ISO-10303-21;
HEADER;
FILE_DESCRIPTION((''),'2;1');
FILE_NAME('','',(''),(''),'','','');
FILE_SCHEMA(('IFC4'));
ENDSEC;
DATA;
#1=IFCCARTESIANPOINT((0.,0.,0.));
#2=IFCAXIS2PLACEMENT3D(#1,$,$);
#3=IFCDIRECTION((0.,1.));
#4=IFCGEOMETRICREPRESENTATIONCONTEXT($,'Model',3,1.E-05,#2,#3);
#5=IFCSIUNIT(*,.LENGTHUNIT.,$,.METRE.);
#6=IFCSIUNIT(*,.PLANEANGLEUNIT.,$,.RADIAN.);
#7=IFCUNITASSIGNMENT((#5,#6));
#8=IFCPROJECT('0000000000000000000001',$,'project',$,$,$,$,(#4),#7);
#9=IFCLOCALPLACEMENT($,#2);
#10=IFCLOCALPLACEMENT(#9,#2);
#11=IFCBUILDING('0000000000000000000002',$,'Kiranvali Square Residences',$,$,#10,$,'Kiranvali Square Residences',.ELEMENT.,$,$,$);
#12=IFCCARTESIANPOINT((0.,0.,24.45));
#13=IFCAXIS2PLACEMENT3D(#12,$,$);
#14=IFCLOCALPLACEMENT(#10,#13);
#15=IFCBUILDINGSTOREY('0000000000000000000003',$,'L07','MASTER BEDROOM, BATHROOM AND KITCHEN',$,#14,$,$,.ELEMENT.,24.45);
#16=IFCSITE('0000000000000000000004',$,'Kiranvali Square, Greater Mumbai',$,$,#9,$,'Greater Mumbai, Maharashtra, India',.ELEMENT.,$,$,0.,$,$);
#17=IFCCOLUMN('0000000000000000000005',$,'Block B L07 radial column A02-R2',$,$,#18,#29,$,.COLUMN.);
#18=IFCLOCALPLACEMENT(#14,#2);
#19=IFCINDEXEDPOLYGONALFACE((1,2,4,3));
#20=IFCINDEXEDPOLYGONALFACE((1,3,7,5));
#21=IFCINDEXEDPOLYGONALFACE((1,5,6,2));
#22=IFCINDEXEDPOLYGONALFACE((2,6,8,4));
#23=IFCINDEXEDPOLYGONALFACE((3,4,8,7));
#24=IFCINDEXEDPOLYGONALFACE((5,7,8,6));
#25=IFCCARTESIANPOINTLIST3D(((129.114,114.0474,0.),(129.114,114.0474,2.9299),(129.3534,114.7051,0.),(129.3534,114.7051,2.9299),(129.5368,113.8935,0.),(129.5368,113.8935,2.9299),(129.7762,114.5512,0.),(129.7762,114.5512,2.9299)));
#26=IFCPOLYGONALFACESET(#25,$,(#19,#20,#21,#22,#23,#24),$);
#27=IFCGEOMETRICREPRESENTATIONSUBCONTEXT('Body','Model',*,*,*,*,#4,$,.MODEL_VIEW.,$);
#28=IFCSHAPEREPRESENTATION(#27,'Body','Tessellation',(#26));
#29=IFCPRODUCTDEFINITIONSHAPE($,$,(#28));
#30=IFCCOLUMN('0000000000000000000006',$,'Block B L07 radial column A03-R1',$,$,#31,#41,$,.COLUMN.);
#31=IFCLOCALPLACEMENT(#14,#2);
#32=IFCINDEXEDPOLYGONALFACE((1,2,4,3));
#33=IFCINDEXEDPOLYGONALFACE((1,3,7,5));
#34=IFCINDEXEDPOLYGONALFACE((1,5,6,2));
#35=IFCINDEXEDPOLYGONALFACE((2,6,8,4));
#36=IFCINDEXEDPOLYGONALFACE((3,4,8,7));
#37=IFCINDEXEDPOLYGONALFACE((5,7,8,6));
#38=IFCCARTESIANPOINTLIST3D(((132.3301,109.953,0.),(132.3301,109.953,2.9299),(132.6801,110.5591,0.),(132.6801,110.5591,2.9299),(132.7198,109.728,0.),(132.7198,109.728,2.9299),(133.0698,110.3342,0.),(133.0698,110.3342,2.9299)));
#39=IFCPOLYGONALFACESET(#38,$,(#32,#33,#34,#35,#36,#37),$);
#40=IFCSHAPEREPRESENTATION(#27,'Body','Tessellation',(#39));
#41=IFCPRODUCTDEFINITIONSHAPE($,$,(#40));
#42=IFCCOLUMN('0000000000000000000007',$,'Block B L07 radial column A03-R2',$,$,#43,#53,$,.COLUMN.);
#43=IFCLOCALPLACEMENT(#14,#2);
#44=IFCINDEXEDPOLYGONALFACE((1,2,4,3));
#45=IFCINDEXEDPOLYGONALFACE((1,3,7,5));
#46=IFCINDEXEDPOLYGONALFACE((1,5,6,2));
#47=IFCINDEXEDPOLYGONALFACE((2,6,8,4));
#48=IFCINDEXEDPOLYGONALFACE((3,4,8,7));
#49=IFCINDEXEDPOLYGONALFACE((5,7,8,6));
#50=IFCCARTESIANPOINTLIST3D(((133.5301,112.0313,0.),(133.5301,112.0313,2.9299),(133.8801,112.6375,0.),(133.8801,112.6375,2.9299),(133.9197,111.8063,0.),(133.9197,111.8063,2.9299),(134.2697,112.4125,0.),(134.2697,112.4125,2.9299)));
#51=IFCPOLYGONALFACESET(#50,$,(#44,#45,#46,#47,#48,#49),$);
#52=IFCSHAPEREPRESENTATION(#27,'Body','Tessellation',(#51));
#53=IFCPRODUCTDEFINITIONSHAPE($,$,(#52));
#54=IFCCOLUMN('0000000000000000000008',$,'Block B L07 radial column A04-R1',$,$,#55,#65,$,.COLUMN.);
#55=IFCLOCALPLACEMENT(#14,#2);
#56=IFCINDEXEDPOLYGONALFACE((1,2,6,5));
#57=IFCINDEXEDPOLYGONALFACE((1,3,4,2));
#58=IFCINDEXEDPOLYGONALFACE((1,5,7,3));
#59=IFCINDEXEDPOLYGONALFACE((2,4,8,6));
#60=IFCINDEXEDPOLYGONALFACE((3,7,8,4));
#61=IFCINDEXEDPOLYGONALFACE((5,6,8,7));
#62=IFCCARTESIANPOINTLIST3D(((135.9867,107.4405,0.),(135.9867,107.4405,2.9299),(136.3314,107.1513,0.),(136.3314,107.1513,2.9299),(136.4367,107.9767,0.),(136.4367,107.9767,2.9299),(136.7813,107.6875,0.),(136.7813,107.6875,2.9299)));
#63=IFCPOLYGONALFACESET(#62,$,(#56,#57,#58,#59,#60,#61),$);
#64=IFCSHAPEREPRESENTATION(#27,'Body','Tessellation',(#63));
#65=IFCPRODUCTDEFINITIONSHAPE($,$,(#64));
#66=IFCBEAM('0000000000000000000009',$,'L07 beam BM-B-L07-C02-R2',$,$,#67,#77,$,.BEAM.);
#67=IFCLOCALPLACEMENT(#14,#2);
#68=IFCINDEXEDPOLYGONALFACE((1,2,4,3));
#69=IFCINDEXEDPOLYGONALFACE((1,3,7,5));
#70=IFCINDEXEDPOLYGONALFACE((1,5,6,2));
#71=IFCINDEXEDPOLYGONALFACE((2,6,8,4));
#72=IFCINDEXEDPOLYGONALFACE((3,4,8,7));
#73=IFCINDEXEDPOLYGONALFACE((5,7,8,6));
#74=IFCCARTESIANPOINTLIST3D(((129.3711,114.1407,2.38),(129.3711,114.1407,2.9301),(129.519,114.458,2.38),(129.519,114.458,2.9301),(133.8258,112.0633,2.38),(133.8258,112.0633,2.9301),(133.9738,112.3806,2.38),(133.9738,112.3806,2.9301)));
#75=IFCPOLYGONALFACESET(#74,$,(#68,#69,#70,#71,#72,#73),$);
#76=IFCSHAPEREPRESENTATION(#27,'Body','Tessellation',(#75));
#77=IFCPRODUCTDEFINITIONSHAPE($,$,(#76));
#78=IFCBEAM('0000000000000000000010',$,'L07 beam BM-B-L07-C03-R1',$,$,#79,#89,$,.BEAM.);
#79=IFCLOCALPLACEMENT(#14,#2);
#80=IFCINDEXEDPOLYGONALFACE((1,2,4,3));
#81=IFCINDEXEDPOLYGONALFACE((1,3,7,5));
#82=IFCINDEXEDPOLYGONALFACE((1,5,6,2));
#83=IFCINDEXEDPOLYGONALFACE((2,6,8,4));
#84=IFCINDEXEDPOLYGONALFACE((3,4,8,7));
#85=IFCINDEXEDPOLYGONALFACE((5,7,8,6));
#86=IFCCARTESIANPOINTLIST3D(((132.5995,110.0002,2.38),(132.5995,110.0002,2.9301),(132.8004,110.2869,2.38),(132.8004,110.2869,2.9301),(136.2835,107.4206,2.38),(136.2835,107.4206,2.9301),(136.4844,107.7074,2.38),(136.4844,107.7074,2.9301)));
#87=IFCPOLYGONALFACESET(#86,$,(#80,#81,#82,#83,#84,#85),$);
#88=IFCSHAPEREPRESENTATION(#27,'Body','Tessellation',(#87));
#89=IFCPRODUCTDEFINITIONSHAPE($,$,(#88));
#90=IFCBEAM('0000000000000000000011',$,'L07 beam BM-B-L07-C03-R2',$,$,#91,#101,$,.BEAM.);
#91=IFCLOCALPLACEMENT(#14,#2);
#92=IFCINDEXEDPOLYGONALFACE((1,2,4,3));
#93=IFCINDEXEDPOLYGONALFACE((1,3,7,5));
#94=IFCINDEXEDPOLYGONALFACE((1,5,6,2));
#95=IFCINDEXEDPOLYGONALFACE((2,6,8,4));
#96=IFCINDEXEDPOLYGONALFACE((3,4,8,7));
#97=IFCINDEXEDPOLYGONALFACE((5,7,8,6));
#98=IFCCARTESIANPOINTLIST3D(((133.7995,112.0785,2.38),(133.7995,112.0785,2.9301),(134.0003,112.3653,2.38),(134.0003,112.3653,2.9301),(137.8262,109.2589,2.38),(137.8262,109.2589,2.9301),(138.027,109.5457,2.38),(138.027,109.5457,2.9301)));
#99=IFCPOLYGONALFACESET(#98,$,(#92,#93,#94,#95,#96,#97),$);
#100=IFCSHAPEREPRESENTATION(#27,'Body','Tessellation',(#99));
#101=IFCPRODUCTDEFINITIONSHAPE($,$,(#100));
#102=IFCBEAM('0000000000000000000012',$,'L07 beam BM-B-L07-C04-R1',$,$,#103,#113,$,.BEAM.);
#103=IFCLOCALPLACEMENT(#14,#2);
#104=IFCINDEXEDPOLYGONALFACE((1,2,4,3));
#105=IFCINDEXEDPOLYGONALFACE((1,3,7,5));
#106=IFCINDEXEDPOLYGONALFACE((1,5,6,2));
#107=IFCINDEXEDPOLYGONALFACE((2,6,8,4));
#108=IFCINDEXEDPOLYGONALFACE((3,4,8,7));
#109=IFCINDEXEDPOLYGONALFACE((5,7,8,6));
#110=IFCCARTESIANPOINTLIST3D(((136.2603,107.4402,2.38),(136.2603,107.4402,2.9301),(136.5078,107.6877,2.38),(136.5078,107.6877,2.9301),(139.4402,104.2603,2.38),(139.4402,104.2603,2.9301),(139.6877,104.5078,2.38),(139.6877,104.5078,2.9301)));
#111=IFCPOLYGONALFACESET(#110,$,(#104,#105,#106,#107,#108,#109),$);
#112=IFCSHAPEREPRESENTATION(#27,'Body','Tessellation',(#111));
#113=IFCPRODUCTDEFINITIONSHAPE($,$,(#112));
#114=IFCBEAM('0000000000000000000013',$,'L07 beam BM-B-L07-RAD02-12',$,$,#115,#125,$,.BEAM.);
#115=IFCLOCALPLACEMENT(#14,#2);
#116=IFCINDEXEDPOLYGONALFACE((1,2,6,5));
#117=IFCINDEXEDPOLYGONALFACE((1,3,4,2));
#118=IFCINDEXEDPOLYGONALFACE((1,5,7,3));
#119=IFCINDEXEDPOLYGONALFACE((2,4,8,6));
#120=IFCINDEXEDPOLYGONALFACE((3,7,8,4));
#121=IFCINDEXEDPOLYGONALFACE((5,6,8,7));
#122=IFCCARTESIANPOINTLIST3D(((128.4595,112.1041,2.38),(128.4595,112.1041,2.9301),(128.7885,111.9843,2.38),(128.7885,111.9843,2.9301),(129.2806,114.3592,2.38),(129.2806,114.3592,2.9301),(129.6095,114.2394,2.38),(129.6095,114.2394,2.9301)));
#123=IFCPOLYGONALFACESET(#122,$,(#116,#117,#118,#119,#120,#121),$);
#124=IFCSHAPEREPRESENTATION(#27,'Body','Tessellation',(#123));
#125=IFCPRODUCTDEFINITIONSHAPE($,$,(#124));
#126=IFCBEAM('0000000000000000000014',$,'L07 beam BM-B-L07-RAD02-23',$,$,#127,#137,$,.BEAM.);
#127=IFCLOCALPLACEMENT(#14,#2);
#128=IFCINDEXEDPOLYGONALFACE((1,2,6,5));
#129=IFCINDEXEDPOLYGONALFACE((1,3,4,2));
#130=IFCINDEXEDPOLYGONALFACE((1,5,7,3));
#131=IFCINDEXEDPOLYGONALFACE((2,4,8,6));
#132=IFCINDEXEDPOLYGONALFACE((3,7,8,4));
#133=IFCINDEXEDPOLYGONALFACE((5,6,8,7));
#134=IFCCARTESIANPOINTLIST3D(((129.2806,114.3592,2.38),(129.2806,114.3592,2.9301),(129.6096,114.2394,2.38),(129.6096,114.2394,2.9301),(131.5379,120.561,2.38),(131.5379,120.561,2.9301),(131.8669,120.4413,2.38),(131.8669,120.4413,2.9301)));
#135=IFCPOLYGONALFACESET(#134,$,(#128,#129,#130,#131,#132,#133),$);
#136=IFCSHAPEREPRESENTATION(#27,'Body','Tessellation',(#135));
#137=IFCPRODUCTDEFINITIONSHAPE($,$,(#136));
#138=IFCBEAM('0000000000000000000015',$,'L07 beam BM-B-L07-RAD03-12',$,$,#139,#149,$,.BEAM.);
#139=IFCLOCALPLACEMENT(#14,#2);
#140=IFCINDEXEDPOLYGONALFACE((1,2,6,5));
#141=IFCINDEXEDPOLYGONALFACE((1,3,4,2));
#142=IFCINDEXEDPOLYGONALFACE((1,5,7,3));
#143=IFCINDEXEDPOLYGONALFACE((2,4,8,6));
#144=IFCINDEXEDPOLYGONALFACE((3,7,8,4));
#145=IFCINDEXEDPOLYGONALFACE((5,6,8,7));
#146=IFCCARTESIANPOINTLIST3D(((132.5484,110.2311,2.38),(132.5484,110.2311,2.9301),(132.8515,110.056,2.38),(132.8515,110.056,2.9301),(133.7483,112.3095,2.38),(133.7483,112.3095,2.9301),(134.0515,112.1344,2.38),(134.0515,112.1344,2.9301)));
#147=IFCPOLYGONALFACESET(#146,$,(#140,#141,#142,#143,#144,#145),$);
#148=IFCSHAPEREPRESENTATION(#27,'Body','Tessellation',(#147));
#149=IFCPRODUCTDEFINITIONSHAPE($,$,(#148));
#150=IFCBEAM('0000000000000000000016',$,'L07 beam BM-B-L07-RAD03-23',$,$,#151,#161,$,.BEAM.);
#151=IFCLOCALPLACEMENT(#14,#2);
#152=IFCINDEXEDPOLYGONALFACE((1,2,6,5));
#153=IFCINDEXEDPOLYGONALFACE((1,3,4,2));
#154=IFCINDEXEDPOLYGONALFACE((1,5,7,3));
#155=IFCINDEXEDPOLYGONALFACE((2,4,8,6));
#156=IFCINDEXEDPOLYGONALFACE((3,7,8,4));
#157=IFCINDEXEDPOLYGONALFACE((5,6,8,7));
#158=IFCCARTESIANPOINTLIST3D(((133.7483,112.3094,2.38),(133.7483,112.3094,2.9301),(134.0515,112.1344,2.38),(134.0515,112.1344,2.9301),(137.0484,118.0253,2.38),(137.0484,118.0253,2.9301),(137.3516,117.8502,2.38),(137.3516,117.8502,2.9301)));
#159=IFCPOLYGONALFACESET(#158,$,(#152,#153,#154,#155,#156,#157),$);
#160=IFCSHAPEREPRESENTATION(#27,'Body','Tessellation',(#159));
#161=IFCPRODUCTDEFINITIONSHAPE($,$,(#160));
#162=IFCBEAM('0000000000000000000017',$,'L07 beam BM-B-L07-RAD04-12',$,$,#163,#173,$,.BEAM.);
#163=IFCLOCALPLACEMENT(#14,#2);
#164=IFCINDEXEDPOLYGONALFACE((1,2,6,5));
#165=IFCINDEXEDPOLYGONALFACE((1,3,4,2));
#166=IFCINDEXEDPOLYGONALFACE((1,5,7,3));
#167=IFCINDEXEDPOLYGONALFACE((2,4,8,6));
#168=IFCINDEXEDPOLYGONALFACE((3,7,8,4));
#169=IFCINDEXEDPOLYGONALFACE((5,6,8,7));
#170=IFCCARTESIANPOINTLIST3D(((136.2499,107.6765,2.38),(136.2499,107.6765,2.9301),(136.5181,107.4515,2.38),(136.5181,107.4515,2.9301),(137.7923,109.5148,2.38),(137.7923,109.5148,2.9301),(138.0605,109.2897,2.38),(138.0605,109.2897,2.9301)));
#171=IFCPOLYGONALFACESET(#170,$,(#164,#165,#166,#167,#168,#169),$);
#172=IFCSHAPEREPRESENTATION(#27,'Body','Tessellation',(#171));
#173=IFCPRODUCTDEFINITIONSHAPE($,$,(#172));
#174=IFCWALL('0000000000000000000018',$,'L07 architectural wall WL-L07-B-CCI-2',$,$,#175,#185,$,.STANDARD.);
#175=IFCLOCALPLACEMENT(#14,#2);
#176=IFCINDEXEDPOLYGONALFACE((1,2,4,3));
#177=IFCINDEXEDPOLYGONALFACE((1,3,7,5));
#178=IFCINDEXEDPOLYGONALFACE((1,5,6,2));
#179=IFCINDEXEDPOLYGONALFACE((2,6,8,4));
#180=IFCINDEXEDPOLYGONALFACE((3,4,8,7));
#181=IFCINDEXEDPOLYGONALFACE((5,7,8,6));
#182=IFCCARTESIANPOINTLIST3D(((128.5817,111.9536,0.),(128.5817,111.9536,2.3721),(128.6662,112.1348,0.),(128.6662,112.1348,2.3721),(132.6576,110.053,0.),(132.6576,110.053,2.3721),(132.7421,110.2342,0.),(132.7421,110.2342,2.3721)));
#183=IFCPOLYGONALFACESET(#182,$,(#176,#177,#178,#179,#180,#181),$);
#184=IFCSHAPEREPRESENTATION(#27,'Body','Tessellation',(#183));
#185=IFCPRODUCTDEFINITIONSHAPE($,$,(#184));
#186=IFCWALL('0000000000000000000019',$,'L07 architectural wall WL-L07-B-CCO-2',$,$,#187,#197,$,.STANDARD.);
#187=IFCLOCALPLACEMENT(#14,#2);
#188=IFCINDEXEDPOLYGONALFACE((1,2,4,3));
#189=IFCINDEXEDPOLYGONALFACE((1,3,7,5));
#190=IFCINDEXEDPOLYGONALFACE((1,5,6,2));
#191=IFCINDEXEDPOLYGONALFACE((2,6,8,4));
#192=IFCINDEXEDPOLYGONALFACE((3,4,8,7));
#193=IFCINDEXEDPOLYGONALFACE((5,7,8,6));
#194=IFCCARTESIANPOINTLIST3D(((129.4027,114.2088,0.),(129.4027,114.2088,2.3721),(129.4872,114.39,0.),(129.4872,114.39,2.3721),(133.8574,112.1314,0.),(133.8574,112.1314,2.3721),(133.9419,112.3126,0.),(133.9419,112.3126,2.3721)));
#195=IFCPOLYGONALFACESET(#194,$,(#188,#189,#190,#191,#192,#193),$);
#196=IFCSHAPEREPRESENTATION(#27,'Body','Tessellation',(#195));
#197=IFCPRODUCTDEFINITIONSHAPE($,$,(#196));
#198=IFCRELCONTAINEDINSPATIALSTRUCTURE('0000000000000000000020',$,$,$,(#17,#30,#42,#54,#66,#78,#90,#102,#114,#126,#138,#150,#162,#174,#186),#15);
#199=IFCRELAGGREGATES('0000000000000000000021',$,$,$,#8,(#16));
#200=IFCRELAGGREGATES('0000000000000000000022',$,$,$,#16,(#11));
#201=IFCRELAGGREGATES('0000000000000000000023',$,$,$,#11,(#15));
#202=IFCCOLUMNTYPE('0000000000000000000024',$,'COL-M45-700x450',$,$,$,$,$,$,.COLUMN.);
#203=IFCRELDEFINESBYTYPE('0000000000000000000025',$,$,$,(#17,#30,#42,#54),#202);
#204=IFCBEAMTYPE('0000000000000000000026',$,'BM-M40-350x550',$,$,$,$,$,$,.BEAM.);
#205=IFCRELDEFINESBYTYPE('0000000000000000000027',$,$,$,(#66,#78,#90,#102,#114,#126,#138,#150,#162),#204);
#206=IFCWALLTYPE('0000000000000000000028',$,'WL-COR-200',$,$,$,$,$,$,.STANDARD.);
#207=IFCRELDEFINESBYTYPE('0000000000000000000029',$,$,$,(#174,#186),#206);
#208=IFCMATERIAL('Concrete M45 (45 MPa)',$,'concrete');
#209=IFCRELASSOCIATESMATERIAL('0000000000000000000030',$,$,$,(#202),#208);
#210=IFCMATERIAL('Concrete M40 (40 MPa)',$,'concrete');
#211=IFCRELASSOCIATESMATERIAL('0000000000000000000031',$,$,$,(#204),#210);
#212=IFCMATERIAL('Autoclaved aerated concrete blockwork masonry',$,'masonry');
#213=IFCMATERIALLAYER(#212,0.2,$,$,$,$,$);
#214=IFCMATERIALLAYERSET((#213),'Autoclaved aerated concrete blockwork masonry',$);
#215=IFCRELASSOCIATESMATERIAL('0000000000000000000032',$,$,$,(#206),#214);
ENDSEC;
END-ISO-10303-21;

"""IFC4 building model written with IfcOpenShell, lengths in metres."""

from ifc_helpers import new_model, si_unit, direction, frame, frame_2d, origin, origin_2d, place, context, subcontext, project, spatial, rectangle, extrude, material, layer, layer_set, material_profile, profile_set, type_object, element, save


model = new_model("IFC4")

# Units and contexts
model_context = context("Model", 3, precision=1e-05, world=origin(), true_north=direction((0.0, 1.0)))
body_context = subcontext(model_context, "Body", "Model", "MODEL_VIEW")
ifc_project = project(units=[si_unit("LENGTHUNIT", "METRE"), si_unit("PLANEANGLEUNIT", "RADIAN")], contexts=[model_context])

# Site, building, storey
site_placement = place(None, origin())
site = spatial("IfcSite", under=ifc_project, at=site_placement, Name="Kiranvali Square, Greater Mumbai", LongName="Greater Mumbai, Maharashtra, India", CompositionType="ELEMENT", RefElevation=0.0)
building_placement = place(site_placement, origin())
building = spatial("IfcBuilding", under=site, at=building_placement, Name="Kiranvali Square Residences", LongName="Kiranvali Square Residences", CompositionType="ELEMENT")
storey_placement = place(building_placement, frame((0.0, 0.0, 24.45)))
storey = spatial("IfcBuildingStorey", under=building, at=storey_placement, Name="L07", Description="MASTER BEDROOM, BATHROOM AND KITCHEN", CompositionType="ELEMENT", Elevation=24.45)

# Columns
ifc_material_1 = material(Name="Concrete M45 (45 MPa)", Category="concrete")
ifc_material_profile_1 = material_profile(ifc_material_1, rectangle(XDim=0.45, YDim=0.7, at=origin_2d()), Name="RC 700x450")
ifc_profile_set_1 = profile_set([ifc_material_profile_1], Name="Concrete M45 (45 MPa)")
column_type = type_object("IfcColumnType", Name="COL-M45-700x450", PredefinedType="COLUMN", material=ifc_profile_set_1)
for number, where, z_axis, x_axis, name in (
    (1, (129.4451, 114.2993, 0.0), (0.0, 0.0, 1.0), (-0.939693, 0.34202, 0.0), "Block B L07 radial column A02-R2"),
    (2, (132.7, 110.1436, 0.0), (0.0, 0.0, 1.0), (-0.866025, 0.5, 0.0), "Block B L07 radial column A03-R1"),
    (3, (133.8999, 112.2219, 0.0), (0.0, 0.0, 1.0), (-0.866025, 0.5, 0.0), "Block B L07 radial column A03-R2"),
    (4, (136.384, 107.564, 0.0), (0.0, 0.0, 1.0), (-0.766044, 0.642788, 0.0), "Block B L07 radial column A04-R1"),
):
    element("IfcColumn", number, at=place(storey_placement, frame(where, z_axis=z_axis, x_axis=x_axis)), inside=storey, type_object=column_type, Name=name, PredefinedType="COLUMN", context=body_context, shape_type="SweptSolid", body=[
        extrude(rectangle(XDim=0.45, YDim=0.7, at=origin_2d()), origin(), (0.0, 0.0, 1.0), 2.9299),
    ])

# Beams
ifc_material_2 = material(Name="Concrete M40 (40 MPa)", Category="concrete")
ifc_material_profile_2 = material_profile(ifc_material_2, rectangle(XDim=0.3501, YDim=0.55, at=origin_2d()), Name="RC 350x550")
ifc_profile_set_2 = profile_set([ifc_material_profile_2], Name="Concrete M40 (40 MPa)")
beam_type = type_object("IfcBeamType", Name="BM-M40-350x550", PredefinedType="BEAM", material=ifc_profile_set_2)
beam_1_placement = place(storey_placement, frame((129.4451, 114.2993, 2.655), z_axis=(0.906302, -0.42263, 0.0), x_axis=(0.42263, 0.906302, 0.0)))
element("IfcBeam", 5, at=beam_1_placement, inside=storey, type_object=beam_type, Name="L07 beam BM-B-L07-C02-R2", PredefinedType="BEAM", context=body_context, shape_type="SweptSolid", body=[
    extrude(rectangle(XDim=0.3501, YDim=0.55, at=origin_2d()), origin(), (0.0, 0.0, 1.0), 4.9153),
])
beam_2_placement = place(storey_placement, frame((132.7, 110.1436, 2.655), z_axis=(0.819155, -0.573572, 0.0), x_axis=(0.573572, 0.819155, 0.0)))
element("IfcBeam", 6, at=beam_2_placement, inside=storey, type_object=beam_type, Name="L07 beam BM-B-L07-C03-R1", PredefinedType="BEAM", context=body_context, shape_type="SweptSolid", body=[
    extrude(rectangle(XDim=0.3501, YDim=0.55, at=origin_2d()), origin(), (0.0, 0.0, 1.0), 4.4973),
])
beam_3_placement = place(storey_placement, frame((133.8999, 112.2219, 2.655), z_axis=(0.819141, -0.573592, 0.0), x_axis=(0.573592, 0.819141, 0.0)))
element("IfcBeam", 7, at=beam_3_placement, inside=storey, type_object=beam_type, Name="L07 beam BM-B-L07-C03-R2", PredefinedType="BEAM", context=body_context, shape_type="SweptSolid", body=[
    extrude(rectangle(XDim=0.3501, YDim=0.55, at=origin_2d()), origin(), (0.0, 0.0, 1.0), 4.9158),
])
beam_4_placement = place(storey_placement, frame((136.384, 107.564, 2.655), z_axis=(0.707107, -0.707107, 0.0), x_axis=(0.707107, 0.707107, 0.0)))
element("IfcBeam", 8, at=beam_4_placement, inside=storey, type_object=beam_type, Name="L07 beam BM-B-L07-C04-R1", PredefinedType="BEAM", context=body_context, shape_type="SweptSolid", body=[
    extrude(rectangle(XDim=0.3501, YDim=0.55, at=origin_2d()), origin(), (0.0, 0.0, 1.0), 4.4971),
])
beam_5_placement = place(storey_placement, frame((128.624, 112.0442, 2.655), z_axis=(0.342111, 0.93966, 0.0), x_axis=(-0.93966, 0.342111, 0.0)))
element("IfcBeam", 9, at=beam_5_placement, inside=storey, type_object=beam_type, Name="L07 beam BM-B-L07-RAD02-12", PredefinedType="BEAM", context=body_context, shape_type="SweptSolid", body=[
    extrude(rectangle(XDim=0.3501, YDim=0.55, at=origin_2d()), origin(), (0.0, 0.0, 1.0), 2.3999),
])
beam_6_placement = place(storey_placement, frame((129.4451, 114.2993, 2.655), z_axis=(0.342022, 0.939692, 0.0), x_axis=(-0.939692, 0.342022, 0.0)))
element("IfcBeam", 10, at=beam_6_placement, inside=storey, type_object=beam_type, Name="L07 beam BM-B-L07-RAD02-23", PredefinedType="BEAM", context=body_context, shape_type="SweptSolid", body=[
    extrude(rectangle(XDim=0.3501, YDim=0.55, at=origin_2d()), origin(), (0.0, 0.0, 1.0), 6.5999),
])
beam_7_placement = place(storey_placement, frame((132.7, 110.1436, 2.655), z_axis=(0.500001, 0.866025, 0.0), x_axis=(-0.866025, 0.500001, 0.0)))
element("IfcBeam", 11, at=beam_7_placement, inside=storey, type_object=beam_type, Name="L07 beam BM-B-L07-RAD03-12", PredefinedType="BEAM", context=body_context, shape_type="SweptSolid", body=[
    extrude(rectangle(XDim=0.3501, YDim=0.55, at=origin_2d()), origin(), (0.0, 0.0, 1.0), 2.3999),
])
beam_8_placement = place(storey_placement, frame((133.8999, 112.2219, 2.655), z_axis=(0.500002, 0.866024, 0.0), x_axis=(-0.866024, 0.500002, 0.0)))
element("IfcBeam", 12, at=beam_8_placement, inside=storey, type_object=beam_type, Name="L07 beam BM-B-L07-RAD03-23", PredefinedType="BEAM", context=body_context, shape_type="SweptSolid", body=[
    extrude(rectangle(XDim=0.3501, YDim=0.55, at=origin_2d()), origin(), (0.0, 0.0, 1.0), 6.6001),
])
beam_9_placement = place(storey_placement, frame((136.384, 107.564, 2.655), z_axis=(0.642763, 0.766065, 0.0), x_axis=(-0.766065, 0.642763, 0.0)))
element("IfcBeam", 13, at=beam_9_placement, inside=storey, type_object=beam_type, Name="L07 beam BM-B-L07-RAD04-12", PredefinedType="BEAM", context=body_context, shape_type="SweptSolid", body=[
    extrude(rectangle(XDim=0.3501, YDim=0.55, at=origin_2d()), origin(), (0.0, 0.0, 1.0), 2.3997),
])

# Walls
ifc_material_3 = material(Name="Autoclaved aerated concrete blockwork masonry", Category="masonry")
ifc_layer_1 = layer(ifc_material_3, 0.2)
ifc_layer_set_1 = layer_set([ifc_layer_1], Name="Autoclaved aerated concrete blockwork masonry")
wall_type_1 = type_object("IfcWallType", Name="WL-COR-200", PredefinedType="STANDARD", material=ifc_layer_set_1)
wall_1_placement = place(storey_placement, frame((128.624, 112.0442, 0.0), z_axis=(0.0, 0.0, 1.0), x_axis=(0.906308, -0.422618, 0.0)))
element("IfcWall", 14, at=wall_1_placement, inside=storey, type_object=wall_type_1, Name="L07 architectural wall WL-L07-B-CCI-2", PredefinedType="STANDARD", context=body_context, shape_type="SweptSolid", body=[
    extrude(rectangle(XDim=4.4973, YDim=0.2, at=frame_2d((2.2485, 0.0))), origin(), (0.0, 0.0, 1.0), 2.3721),
])
wall_2_placement = place(storey_placement, frame((129.4451, 114.2993, 0.0), z_axis=(0.0, 0.0, 1.0), x_axis=(0.906302, -0.42263, 0.0)))
element("IfcWall", 15, at=wall_2_placement, inside=storey, type_object=wall_type_1, Name="L07 architectural wall WL-L07-B-CCO-2", PredefinedType="STANDARD", context=body_context, shape_type="SweptSolid", body=[
    extrude(rectangle(XDim=4.9153, YDim=0.2, at=frame_2d((2.4575, 0.0))), origin(), (0.0, 0.0, 1.0), 2.3721),
])

save(model, "model.ifc")
